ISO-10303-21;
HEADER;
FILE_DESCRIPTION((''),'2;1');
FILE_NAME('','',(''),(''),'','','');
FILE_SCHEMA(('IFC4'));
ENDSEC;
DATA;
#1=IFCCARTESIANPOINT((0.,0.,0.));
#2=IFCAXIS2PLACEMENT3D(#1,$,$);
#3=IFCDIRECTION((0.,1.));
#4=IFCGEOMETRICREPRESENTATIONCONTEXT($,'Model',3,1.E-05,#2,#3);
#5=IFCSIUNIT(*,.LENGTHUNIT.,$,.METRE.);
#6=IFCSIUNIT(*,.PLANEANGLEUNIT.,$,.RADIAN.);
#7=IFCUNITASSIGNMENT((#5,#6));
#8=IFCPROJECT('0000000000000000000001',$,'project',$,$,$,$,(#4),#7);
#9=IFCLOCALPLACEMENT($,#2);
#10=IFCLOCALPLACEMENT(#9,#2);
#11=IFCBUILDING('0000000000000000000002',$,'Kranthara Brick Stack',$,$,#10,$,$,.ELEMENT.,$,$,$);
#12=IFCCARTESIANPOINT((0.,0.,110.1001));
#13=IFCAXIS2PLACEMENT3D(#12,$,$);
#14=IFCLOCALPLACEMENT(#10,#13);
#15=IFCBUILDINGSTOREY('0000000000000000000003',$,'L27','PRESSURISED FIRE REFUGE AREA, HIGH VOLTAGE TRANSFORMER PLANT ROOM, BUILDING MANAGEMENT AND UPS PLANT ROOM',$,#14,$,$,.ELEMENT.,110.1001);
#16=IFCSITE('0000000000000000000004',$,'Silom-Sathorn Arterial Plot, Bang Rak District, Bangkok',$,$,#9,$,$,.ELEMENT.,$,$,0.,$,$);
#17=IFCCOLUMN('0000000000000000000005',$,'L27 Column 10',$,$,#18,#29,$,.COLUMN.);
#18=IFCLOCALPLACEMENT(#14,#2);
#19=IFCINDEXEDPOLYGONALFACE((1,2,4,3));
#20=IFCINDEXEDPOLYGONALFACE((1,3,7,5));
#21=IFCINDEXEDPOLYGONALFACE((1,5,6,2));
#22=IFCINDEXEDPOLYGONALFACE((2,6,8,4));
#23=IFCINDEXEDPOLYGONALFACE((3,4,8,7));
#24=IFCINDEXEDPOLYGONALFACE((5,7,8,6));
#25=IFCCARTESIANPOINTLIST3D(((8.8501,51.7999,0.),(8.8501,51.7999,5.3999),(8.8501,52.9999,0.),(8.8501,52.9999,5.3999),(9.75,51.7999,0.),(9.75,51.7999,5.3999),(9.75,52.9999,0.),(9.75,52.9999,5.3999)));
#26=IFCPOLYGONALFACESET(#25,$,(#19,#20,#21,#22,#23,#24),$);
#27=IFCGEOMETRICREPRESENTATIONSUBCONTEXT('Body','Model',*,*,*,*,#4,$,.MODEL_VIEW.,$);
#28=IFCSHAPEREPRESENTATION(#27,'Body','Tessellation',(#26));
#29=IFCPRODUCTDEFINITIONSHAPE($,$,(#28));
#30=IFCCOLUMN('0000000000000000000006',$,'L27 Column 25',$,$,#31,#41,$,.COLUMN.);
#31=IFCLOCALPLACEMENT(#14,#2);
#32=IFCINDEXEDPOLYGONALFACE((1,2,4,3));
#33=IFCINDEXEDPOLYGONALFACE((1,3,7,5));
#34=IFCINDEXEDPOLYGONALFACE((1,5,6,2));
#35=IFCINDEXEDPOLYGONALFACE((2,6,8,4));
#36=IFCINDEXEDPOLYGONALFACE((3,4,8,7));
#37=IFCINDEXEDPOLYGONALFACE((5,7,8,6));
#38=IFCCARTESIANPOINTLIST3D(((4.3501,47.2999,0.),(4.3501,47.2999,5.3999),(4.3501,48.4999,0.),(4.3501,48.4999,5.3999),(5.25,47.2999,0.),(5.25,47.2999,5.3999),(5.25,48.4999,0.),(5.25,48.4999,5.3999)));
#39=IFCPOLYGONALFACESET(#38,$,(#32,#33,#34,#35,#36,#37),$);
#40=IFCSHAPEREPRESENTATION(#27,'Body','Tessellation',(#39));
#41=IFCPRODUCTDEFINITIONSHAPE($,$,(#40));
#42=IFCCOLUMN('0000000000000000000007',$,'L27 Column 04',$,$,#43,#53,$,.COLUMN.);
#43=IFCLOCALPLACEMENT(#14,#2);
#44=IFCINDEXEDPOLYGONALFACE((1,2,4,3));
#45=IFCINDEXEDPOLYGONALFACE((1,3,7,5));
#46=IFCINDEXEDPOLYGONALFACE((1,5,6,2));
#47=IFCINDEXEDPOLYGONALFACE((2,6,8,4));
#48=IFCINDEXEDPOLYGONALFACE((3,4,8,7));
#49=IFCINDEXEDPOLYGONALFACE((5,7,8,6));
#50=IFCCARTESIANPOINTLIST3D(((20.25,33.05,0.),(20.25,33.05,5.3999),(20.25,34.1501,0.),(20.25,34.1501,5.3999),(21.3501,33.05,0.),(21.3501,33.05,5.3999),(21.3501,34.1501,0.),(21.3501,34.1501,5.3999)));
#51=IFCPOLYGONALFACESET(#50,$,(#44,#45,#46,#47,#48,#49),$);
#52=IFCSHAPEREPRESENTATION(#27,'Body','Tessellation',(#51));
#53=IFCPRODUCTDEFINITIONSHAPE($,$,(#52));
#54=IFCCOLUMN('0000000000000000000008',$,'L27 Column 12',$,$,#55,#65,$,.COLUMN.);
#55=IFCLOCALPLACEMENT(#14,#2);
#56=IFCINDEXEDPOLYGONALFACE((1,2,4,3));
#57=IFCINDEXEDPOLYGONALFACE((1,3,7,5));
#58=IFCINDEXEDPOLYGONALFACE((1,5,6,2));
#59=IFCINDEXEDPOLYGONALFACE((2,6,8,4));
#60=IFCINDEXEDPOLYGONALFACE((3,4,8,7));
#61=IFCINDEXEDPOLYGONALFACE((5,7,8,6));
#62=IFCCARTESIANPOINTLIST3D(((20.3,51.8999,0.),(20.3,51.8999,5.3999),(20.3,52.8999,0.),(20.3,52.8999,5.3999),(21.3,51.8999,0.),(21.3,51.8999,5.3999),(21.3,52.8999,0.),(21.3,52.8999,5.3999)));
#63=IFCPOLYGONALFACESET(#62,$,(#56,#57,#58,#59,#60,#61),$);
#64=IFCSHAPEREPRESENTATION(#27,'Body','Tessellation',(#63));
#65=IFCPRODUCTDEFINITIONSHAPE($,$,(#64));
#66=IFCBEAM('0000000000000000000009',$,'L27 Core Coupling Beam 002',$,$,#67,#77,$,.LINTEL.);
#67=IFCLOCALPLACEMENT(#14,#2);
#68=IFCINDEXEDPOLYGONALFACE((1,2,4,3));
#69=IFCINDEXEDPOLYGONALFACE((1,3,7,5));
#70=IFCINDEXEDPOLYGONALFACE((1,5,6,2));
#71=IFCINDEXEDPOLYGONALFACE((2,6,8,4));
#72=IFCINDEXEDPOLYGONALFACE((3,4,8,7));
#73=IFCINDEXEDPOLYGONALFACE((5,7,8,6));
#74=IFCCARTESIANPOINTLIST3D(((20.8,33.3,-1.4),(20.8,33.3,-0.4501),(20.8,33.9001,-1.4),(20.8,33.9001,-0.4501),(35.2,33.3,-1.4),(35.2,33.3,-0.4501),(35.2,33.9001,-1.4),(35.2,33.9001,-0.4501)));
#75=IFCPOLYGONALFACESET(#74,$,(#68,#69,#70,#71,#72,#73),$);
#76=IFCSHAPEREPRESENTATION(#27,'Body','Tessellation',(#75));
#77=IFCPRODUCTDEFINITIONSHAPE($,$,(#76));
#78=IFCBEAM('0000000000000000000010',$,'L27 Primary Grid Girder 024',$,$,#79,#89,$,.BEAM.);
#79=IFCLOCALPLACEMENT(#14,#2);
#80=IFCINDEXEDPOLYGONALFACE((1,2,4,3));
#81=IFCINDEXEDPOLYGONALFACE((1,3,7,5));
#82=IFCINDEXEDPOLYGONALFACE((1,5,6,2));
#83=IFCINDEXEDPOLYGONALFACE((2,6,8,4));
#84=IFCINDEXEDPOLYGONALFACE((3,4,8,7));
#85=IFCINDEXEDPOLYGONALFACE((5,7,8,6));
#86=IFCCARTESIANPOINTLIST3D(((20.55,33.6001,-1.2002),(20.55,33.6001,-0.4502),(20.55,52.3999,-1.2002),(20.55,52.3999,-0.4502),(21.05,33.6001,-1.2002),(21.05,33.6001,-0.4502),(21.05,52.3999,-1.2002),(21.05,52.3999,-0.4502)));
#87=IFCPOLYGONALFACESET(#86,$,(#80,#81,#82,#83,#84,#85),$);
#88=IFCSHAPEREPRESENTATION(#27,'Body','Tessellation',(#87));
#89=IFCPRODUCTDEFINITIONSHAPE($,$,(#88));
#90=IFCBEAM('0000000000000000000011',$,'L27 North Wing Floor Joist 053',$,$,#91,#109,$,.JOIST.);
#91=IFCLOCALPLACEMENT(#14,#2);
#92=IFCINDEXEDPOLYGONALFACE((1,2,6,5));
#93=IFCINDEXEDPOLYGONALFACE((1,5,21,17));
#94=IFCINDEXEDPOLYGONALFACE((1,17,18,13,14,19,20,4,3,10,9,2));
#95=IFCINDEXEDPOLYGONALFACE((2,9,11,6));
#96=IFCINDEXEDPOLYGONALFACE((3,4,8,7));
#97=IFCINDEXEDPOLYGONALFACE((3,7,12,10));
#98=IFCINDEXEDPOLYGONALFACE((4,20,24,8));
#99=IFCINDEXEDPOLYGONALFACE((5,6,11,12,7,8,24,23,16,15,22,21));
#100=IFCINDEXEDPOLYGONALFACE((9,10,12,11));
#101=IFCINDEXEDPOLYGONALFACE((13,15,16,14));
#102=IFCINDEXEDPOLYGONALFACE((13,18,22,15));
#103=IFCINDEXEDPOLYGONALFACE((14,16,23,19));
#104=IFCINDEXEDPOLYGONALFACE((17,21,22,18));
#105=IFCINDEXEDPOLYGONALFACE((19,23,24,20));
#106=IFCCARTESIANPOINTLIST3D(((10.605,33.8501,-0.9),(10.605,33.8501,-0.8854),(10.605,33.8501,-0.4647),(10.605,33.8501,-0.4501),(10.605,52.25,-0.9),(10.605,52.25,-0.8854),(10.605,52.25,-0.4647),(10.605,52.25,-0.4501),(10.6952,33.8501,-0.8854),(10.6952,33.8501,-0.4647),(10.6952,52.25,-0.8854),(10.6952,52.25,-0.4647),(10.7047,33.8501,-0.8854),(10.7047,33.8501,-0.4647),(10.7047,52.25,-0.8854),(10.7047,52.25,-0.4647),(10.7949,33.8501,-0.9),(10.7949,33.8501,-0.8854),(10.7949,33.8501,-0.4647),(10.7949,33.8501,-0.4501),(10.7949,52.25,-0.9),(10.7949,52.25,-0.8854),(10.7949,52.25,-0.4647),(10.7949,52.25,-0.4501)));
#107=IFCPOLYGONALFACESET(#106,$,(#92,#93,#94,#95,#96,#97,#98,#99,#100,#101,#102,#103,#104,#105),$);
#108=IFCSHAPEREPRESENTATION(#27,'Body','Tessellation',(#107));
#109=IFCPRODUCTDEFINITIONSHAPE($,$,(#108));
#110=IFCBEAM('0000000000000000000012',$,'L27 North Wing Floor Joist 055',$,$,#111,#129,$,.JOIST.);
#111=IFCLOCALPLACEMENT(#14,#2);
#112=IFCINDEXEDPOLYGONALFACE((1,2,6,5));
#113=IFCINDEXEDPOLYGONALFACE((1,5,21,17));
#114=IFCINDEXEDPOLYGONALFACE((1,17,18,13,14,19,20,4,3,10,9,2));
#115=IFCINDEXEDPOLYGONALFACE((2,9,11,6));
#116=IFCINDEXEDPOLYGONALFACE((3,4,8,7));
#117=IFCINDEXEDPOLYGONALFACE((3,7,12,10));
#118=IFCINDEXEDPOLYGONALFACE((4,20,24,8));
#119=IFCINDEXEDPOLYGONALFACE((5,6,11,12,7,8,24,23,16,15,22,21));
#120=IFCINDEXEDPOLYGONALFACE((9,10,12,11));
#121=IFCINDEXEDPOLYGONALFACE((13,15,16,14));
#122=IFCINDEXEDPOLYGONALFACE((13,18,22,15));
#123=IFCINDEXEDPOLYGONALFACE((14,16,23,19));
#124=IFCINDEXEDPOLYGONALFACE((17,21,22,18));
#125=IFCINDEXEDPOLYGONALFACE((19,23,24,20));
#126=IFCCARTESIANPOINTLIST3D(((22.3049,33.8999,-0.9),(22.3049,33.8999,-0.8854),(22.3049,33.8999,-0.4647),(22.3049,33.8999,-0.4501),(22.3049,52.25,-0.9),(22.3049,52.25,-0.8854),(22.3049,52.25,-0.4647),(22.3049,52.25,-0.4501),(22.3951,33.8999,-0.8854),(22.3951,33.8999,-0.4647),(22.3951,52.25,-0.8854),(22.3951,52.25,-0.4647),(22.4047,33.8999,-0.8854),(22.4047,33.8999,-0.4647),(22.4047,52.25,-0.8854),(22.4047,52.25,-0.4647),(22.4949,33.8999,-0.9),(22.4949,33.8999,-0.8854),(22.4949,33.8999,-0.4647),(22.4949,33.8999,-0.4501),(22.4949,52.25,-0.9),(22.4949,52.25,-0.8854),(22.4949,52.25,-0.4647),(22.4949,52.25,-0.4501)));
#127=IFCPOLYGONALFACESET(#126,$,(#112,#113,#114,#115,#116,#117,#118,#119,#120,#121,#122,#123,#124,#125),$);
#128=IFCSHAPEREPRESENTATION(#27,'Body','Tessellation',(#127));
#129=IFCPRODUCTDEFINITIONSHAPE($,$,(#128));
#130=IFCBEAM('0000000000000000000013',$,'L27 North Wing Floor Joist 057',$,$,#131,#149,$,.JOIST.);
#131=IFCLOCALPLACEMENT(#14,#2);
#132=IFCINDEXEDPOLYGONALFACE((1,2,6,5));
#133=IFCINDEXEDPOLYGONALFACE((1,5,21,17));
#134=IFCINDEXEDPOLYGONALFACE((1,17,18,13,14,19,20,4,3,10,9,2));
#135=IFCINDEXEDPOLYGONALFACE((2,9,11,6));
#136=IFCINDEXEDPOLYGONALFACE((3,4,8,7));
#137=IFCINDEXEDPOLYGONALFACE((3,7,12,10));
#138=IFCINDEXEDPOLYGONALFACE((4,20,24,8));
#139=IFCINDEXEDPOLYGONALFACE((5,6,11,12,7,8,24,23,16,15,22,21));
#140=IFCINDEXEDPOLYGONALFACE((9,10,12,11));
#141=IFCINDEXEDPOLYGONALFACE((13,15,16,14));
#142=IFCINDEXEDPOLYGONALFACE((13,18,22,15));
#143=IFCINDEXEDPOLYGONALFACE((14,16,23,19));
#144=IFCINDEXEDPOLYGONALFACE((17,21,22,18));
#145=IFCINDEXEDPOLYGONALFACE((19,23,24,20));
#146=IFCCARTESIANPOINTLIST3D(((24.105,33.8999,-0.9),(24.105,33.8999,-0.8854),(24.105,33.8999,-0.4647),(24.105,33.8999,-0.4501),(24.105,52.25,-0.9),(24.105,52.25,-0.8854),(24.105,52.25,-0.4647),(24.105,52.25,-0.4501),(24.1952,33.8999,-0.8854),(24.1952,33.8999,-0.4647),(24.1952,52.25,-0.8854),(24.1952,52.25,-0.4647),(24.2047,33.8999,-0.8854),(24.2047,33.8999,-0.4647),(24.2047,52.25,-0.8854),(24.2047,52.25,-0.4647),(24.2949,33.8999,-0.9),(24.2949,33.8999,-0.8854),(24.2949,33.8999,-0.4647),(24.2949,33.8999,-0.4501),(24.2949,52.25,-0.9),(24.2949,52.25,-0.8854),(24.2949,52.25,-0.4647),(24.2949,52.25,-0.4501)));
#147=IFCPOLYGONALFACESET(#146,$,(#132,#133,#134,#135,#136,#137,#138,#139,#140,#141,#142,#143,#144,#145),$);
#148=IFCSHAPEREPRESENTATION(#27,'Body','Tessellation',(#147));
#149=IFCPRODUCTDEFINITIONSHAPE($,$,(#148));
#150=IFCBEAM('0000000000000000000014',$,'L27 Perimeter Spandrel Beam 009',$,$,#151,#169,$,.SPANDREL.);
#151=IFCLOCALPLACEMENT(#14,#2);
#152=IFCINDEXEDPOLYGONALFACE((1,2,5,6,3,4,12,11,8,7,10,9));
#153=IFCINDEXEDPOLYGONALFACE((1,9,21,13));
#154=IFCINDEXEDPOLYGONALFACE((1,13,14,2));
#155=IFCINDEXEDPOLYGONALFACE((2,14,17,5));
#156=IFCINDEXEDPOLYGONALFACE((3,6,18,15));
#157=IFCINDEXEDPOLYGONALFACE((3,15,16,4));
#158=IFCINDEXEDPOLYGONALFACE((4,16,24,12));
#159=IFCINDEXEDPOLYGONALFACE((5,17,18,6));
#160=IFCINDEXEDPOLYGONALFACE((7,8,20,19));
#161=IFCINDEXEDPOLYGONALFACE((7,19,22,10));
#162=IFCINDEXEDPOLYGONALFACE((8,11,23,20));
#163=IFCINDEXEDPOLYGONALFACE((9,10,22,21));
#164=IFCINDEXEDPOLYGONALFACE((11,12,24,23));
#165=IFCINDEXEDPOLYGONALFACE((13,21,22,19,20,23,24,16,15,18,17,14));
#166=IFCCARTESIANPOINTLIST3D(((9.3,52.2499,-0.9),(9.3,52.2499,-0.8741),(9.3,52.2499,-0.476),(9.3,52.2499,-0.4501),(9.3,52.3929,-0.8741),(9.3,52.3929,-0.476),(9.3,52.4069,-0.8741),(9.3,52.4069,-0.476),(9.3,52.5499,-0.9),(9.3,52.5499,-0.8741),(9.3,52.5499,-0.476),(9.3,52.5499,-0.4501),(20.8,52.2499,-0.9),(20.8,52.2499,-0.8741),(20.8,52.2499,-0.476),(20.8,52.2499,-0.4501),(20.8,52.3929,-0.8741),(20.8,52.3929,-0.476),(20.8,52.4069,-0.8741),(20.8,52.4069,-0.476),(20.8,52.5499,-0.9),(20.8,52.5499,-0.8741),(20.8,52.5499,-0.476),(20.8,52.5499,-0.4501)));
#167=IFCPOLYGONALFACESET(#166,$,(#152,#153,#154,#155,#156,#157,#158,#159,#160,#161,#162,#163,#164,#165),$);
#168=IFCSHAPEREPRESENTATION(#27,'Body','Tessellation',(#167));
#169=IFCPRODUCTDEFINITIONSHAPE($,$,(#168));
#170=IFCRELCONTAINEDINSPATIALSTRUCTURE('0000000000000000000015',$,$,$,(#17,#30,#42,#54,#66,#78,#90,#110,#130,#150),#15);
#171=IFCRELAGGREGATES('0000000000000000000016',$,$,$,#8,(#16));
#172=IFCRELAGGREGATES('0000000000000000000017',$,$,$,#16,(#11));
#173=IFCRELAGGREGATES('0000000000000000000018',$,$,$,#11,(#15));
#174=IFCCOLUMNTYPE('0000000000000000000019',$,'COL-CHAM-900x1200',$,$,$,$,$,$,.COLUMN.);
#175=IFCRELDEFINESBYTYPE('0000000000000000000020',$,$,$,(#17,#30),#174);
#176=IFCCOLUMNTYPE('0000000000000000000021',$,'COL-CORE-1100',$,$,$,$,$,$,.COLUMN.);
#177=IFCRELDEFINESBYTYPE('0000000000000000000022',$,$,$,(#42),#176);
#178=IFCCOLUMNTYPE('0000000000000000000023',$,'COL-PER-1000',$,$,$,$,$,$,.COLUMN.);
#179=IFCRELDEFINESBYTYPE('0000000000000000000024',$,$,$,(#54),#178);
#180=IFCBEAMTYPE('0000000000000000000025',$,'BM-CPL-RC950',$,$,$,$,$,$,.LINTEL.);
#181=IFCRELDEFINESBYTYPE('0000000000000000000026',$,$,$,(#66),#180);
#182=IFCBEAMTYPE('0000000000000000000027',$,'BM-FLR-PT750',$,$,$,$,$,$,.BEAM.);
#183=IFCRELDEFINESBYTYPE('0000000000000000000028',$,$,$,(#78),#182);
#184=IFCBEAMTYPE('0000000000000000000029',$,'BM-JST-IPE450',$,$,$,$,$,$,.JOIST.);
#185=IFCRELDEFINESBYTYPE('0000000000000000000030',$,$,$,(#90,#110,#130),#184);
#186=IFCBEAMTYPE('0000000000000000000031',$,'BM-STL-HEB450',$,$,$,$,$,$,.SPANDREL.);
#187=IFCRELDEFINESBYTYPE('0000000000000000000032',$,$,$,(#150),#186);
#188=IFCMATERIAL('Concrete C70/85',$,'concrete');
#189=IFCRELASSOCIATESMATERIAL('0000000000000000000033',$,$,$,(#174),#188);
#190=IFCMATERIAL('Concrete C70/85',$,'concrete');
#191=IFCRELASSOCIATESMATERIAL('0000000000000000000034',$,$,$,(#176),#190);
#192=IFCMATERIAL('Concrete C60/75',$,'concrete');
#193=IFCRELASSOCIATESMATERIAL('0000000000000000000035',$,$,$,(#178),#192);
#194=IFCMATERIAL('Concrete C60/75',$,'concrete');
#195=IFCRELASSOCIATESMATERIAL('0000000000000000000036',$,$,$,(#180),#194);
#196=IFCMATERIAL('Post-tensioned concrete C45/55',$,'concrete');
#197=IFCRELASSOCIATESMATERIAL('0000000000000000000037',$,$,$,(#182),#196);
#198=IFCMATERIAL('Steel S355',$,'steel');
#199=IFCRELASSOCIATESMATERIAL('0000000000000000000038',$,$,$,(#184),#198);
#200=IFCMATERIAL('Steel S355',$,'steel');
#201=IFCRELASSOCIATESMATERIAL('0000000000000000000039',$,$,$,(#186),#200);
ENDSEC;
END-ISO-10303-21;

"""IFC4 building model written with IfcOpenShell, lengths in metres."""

from ifc_helpers import new_model, si_unit, direction, frame, origin, origin_2d, place, context, subcontext, project, spatial, rectangle, i_section, extrude, material, material_profile, profile_set, type_object, element, save


model = new_model("IFC4")

# Units and contexts
model_context = context("Model", 3, precision=1e-05, world=origin(), true_north=direction((0.0, 1.0)))
body_context = subcontext(model_context, "Body", "Model", "MODEL_VIEW")
ifc_project = project(units=[si_unit("LENGTHUNIT", "METRE"), si_unit("PLANEANGLEUNIT", "RADIAN")], contexts=[model_context])

# Site, building, storey
site_placement = place(None, origin())
site = spatial("IfcSite", under=ifc_project, at=site_placement, Name="Silom-Sathorn Arterial Plot, Bang Rak District, Bangkok", CompositionType="ELEMENT", RefElevation=0.0)
building_placement = place(site_placement, origin())
building = spatial("IfcBuilding", under=site, at=building_placement, Name="Kranthara Brick Stack", CompositionType="ELEMENT")
storey_placement = place(building_placement, frame((0.0, 0.0, 110.1001)))
storey = spatial("IfcBuildingStorey", under=building, at=storey_placement, Name="L27", Description="PRESSURISED FIRE REFUGE AREA, HIGH VOLTAGE TRANSFORMER PLANT ROOM, BUILDING MANAGEMENT AND UPS PLANT ROOM", CompositionType="ELEMENT", Elevation=110.1001)

# Columns
ifc_material_1 = material(Name="Concrete C70/85", Category="concrete")
ifc_material_profile_1 = material_profile(ifc_material_1, rectangle(XDim=0.8999, YDim=1.2, at=origin_2d()), Name="RC 900x1200")
ifc_profile_set_1 = profile_set([ifc_material_profile_1], Name="Concrete C70/85")
column_type_1 = type_object("IfcColumnType", Name="COL-CHAM-900x1200", PredefinedType="COLUMN", material=ifc_profile_set_1)
for number, where, z_axis, x_axis, name in (
    (1, (9.3, 52.3999, 0.0), (0.0, 0.0, 1.0), (1.0, 0.0, 0.0), "L27 Column 10"),
    (2, (4.8, 47.8999, 0.0), (0.0, 0.0, 1.0), (1.0, 0.0, 0.0), "L27 Column 25"),
):
    element("IfcColumn", number, at=place(storey_placement, frame(where, z_axis=z_axis, x_axis=x_axis)), inside=storey, type_object=column_type_1, Name=name, PredefinedType="COLUMN", context=body_context, shape_type="SweptSolid", body=[
        extrude(rectangle(XDim=0.8999, YDim=1.2, at=origin_2d()), origin(), (0.0, 0.0, 1.0), 5.3999),
    ])
ifc_material_2 = material(Name="Concrete C70/85", Category="concrete")
ifc_material_profile_2 = material_profile(ifc_material_2, rectangle(XDim=1.1001, YDim=1.1001, at=origin_2d()), Name="RC 1100x1100")
ifc_profile_set_2 = profile_set([ifc_material_profile_2], Name="Concrete C70/85")
column_type_2 = type_object("IfcColumnType", Name="COL-CORE-1100", PredefinedType="COLUMN", material=ifc_profile_set_2)
column_1_placement = place(storey_placement, frame((20.8, 33.6001, 0.0), z_axis=(0.0, 0.0, 1.0), x_axis=(1.0, 0.0, 0.0)))
element("IfcColumn", 3, at=column_1_placement, inside=storey, type_object=column_type_2, Name="L27 Column 04", PredefinedType="COLUMN", context=body_context, shape_type="SweptSolid", body=[
    extrude(rectangle(XDim=1.1001, YDim=1.1001, at=origin_2d()), origin(), (0.0, 0.0, 1.0), 5.3999),
])
ifc_material_3 = material(Name="Concrete C60/75", Category="concrete")
ifc_material_profile_3 = material_profile(ifc_material_3, rectangle(XDim=1.0, YDim=1.0, at=origin_2d()), Name="RC 1000x1000")
ifc_profile_set_3 = profile_set([ifc_material_profile_3], Name="Concrete C60/75")
column_type_3 = type_object("IfcColumnType", Name="COL-PER-1000", PredefinedType="COLUMN", material=ifc_profile_set_3)
column_2_placement = place(storey_placement, frame((20.8, 52.3999, 0.0), z_axis=(0.0, 0.0, 1.0), x_axis=(1.0, 0.0, 0.0)))
element("IfcColumn", 4, at=column_2_placement, inside=storey, type_object=column_type_3, Name="L27 Column 12", PredefinedType="COLUMN", context=body_context, shape_type="SweptSolid", body=[
    extrude(rectangle(XDim=1.0, YDim=1.0, at=origin_2d()), origin(), (0.0, 0.0, 1.0), 5.3999),
])

# Beams
ifc_material_4 = material(Name="Concrete C60/75", Category="concrete")
ifc_material_profile_4 = material_profile(ifc_material_4, rectangle(XDim=0.6001, YDim=0.95, at=origin_2d()), Name="RC 600x950")
ifc_profile_set_4 = profile_set([ifc_material_profile_4], Name="Concrete C60/75")
beam_type_1 = type_object("IfcBeamType", Name="BM-CPL-RC950", PredefinedType="LINTEL", material=ifc_profile_set_4)
beam_1_placement = place(storey_placement, frame((20.8, 33.6001, -0.925), z_axis=(1.0, 0.0, 0.0), x_axis=(0.0, 1.0, 0.0)))
element("IfcBeam", 5, at=beam_1_placement, inside=storey, type_object=beam_type_1, Name="L27 Core Coupling Beam 002", PredefinedType="LINTEL", context=body_context, shape_type="SweptSolid", body=[
    extrude(rectangle(XDim=0.6001, YDim=0.95, at=origin_2d()), origin(), (0.0, 0.0, 1.0), 14.3999),
])
ifc_material_5 = material(Name="Post-tensioned concrete C45/55", Category="concrete")
ifc_material_profile_5 = material_profile(ifc_material_5, rectangle(XDim=0.5, YDim=0.75, at=origin_2d()), Name="PT 500x750")
ifc_profile_set_5 = profile_set([ifc_material_profile_5], Name="Post-tensioned concrete C45/55")
beam_type_2 = type_object("IfcBeamType", Name="BM-FLR-PT750", PredefinedType="BEAM", material=ifc_profile_set_5)
beam_2_placement = place(storey_placement, frame((20.8, 33.6001, -0.8252), z_axis=(0.0, 1.0, 0.0), x_axis=(-1.0, 0.0, 0.0)))
element("IfcBeam", 6, at=beam_2_placement, inside=storey, type_object=beam_type_2, Name="L27 Primary Grid Girder 024", PredefinedType="BEAM", context=body_context, shape_type="SweptSolid", body=[
    extrude(rectangle(XDim=0.5, YDim=0.75, at=origin_2d()), origin(), (0.0, 0.0, 1.0), 18.7998),
])
ifc_material_6 = material(Name="Steel S355", Category="steel")
ifc_material_profile_6 = material_profile(ifc_material_6, i_section(OverallWidth=0.1899, OverallDepth=0.45, WebThickness=0.0095, FlangeThickness=0.0146, at=origin_2d()), Name="IPE 450")
ifc_profile_set_6 = profile_set([ifc_material_profile_6], Name="Steel S355")
beam_type_3 = type_object("IfcBeamType", Name="BM-JST-IPE450", PredefinedType="JOIST", material=ifc_profile_set_6)
beam_3_placement = place(storey_placement, frame((10.7, 33.8501, -0.675), z_axis=(0.0, 1.0, 0.0), x_axis=(-1.0, 0.0, 0.0)))
element("IfcBeam", 7, at=beam_3_placement, inside=storey, type_object=beam_type_3, Name="L27 North Wing Floor Joist 053", PredefinedType="JOIST", context=body_context, shape_type="SweptSolid", body=[
    extrude(i_section(OverallWidth=0.1899, OverallDepth=0.45, WebThickness=0.0095, FlangeThickness=0.0146, at=origin_2d()), origin(), (0.0, 0.0, 1.0), 18.3999),
])
for number, where, z_axis, x_axis, name in (
    (8, (22.3999, 33.8999, -0.675), (0.0, 1.0, 0.0), (-1.0, 0.0, 0.0), "L27 North Wing Floor Joist 055"),
    (9, (24.2, 33.8999, -0.675), (0.0, 1.0, 0.0), (-1.0, 0.0, 0.0), "L27 North Wing Floor Joist 057"),
):
    element("IfcBeam", number, at=place(storey_placement, frame(where, z_axis=z_axis, x_axis=x_axis)), inside=storey, type_object=beam_type_3, Name=name, PredefinedType="JOIST", context=body_context, shape_type="SweptSolid", body=[
        extrude(i_section(OverallWidth=0.1899, OverallDepth=0.45, WebThickness=0.0095, FlangeThickness=0.0146, at=origin_2d()), origin(), (0.0, 0.0, 1.0), 18.3501),
    ])
ifc_material_7 = material(Name="Steel S355", Category="steel")
ifc_material_profile_7 = material_profile(ifc_material_7, i_section(OverallWidth=0.3, OverallDepth=0.45, WebThickness=0.0139, FlangeThickness=0.0259, at=origin_2d()), Name="HEB 450")
ifc_profile_set_7 = profile_set([ifc_material_profile_7], Name="Steel S355")
beam_type_4 = type_object("IfcBeamType", Name="BM-STL-HEB450", PredefinedType="SPANDREL", material=ifc_profile_set_7)
beam_4_placement = place(storey_placement, frame((9.3, 52.3999, -0.675), z_axis=(1.0, 0.0, 0.0), x_axis=(0.0, 1.0, 0.0)))
element("IfcBeam", 10, at=beam_4_placement, inside=storey, type_object=beam_type_4, Name="L27 Perimeter Spandrel Beam 009", PredefinedType="SPANDREL", context=body_context, shape_type="SweptSolid", body=[
    extrude(i_section(OverallWidth=0.3, OverallDepth=0.45, WebThickness=0.0139, FlangeThickness=0.0259, at=origin_2d()), origin(), (0.0, 0.0, 1.0), 11.5),
])

save(model, "model.ifc")
